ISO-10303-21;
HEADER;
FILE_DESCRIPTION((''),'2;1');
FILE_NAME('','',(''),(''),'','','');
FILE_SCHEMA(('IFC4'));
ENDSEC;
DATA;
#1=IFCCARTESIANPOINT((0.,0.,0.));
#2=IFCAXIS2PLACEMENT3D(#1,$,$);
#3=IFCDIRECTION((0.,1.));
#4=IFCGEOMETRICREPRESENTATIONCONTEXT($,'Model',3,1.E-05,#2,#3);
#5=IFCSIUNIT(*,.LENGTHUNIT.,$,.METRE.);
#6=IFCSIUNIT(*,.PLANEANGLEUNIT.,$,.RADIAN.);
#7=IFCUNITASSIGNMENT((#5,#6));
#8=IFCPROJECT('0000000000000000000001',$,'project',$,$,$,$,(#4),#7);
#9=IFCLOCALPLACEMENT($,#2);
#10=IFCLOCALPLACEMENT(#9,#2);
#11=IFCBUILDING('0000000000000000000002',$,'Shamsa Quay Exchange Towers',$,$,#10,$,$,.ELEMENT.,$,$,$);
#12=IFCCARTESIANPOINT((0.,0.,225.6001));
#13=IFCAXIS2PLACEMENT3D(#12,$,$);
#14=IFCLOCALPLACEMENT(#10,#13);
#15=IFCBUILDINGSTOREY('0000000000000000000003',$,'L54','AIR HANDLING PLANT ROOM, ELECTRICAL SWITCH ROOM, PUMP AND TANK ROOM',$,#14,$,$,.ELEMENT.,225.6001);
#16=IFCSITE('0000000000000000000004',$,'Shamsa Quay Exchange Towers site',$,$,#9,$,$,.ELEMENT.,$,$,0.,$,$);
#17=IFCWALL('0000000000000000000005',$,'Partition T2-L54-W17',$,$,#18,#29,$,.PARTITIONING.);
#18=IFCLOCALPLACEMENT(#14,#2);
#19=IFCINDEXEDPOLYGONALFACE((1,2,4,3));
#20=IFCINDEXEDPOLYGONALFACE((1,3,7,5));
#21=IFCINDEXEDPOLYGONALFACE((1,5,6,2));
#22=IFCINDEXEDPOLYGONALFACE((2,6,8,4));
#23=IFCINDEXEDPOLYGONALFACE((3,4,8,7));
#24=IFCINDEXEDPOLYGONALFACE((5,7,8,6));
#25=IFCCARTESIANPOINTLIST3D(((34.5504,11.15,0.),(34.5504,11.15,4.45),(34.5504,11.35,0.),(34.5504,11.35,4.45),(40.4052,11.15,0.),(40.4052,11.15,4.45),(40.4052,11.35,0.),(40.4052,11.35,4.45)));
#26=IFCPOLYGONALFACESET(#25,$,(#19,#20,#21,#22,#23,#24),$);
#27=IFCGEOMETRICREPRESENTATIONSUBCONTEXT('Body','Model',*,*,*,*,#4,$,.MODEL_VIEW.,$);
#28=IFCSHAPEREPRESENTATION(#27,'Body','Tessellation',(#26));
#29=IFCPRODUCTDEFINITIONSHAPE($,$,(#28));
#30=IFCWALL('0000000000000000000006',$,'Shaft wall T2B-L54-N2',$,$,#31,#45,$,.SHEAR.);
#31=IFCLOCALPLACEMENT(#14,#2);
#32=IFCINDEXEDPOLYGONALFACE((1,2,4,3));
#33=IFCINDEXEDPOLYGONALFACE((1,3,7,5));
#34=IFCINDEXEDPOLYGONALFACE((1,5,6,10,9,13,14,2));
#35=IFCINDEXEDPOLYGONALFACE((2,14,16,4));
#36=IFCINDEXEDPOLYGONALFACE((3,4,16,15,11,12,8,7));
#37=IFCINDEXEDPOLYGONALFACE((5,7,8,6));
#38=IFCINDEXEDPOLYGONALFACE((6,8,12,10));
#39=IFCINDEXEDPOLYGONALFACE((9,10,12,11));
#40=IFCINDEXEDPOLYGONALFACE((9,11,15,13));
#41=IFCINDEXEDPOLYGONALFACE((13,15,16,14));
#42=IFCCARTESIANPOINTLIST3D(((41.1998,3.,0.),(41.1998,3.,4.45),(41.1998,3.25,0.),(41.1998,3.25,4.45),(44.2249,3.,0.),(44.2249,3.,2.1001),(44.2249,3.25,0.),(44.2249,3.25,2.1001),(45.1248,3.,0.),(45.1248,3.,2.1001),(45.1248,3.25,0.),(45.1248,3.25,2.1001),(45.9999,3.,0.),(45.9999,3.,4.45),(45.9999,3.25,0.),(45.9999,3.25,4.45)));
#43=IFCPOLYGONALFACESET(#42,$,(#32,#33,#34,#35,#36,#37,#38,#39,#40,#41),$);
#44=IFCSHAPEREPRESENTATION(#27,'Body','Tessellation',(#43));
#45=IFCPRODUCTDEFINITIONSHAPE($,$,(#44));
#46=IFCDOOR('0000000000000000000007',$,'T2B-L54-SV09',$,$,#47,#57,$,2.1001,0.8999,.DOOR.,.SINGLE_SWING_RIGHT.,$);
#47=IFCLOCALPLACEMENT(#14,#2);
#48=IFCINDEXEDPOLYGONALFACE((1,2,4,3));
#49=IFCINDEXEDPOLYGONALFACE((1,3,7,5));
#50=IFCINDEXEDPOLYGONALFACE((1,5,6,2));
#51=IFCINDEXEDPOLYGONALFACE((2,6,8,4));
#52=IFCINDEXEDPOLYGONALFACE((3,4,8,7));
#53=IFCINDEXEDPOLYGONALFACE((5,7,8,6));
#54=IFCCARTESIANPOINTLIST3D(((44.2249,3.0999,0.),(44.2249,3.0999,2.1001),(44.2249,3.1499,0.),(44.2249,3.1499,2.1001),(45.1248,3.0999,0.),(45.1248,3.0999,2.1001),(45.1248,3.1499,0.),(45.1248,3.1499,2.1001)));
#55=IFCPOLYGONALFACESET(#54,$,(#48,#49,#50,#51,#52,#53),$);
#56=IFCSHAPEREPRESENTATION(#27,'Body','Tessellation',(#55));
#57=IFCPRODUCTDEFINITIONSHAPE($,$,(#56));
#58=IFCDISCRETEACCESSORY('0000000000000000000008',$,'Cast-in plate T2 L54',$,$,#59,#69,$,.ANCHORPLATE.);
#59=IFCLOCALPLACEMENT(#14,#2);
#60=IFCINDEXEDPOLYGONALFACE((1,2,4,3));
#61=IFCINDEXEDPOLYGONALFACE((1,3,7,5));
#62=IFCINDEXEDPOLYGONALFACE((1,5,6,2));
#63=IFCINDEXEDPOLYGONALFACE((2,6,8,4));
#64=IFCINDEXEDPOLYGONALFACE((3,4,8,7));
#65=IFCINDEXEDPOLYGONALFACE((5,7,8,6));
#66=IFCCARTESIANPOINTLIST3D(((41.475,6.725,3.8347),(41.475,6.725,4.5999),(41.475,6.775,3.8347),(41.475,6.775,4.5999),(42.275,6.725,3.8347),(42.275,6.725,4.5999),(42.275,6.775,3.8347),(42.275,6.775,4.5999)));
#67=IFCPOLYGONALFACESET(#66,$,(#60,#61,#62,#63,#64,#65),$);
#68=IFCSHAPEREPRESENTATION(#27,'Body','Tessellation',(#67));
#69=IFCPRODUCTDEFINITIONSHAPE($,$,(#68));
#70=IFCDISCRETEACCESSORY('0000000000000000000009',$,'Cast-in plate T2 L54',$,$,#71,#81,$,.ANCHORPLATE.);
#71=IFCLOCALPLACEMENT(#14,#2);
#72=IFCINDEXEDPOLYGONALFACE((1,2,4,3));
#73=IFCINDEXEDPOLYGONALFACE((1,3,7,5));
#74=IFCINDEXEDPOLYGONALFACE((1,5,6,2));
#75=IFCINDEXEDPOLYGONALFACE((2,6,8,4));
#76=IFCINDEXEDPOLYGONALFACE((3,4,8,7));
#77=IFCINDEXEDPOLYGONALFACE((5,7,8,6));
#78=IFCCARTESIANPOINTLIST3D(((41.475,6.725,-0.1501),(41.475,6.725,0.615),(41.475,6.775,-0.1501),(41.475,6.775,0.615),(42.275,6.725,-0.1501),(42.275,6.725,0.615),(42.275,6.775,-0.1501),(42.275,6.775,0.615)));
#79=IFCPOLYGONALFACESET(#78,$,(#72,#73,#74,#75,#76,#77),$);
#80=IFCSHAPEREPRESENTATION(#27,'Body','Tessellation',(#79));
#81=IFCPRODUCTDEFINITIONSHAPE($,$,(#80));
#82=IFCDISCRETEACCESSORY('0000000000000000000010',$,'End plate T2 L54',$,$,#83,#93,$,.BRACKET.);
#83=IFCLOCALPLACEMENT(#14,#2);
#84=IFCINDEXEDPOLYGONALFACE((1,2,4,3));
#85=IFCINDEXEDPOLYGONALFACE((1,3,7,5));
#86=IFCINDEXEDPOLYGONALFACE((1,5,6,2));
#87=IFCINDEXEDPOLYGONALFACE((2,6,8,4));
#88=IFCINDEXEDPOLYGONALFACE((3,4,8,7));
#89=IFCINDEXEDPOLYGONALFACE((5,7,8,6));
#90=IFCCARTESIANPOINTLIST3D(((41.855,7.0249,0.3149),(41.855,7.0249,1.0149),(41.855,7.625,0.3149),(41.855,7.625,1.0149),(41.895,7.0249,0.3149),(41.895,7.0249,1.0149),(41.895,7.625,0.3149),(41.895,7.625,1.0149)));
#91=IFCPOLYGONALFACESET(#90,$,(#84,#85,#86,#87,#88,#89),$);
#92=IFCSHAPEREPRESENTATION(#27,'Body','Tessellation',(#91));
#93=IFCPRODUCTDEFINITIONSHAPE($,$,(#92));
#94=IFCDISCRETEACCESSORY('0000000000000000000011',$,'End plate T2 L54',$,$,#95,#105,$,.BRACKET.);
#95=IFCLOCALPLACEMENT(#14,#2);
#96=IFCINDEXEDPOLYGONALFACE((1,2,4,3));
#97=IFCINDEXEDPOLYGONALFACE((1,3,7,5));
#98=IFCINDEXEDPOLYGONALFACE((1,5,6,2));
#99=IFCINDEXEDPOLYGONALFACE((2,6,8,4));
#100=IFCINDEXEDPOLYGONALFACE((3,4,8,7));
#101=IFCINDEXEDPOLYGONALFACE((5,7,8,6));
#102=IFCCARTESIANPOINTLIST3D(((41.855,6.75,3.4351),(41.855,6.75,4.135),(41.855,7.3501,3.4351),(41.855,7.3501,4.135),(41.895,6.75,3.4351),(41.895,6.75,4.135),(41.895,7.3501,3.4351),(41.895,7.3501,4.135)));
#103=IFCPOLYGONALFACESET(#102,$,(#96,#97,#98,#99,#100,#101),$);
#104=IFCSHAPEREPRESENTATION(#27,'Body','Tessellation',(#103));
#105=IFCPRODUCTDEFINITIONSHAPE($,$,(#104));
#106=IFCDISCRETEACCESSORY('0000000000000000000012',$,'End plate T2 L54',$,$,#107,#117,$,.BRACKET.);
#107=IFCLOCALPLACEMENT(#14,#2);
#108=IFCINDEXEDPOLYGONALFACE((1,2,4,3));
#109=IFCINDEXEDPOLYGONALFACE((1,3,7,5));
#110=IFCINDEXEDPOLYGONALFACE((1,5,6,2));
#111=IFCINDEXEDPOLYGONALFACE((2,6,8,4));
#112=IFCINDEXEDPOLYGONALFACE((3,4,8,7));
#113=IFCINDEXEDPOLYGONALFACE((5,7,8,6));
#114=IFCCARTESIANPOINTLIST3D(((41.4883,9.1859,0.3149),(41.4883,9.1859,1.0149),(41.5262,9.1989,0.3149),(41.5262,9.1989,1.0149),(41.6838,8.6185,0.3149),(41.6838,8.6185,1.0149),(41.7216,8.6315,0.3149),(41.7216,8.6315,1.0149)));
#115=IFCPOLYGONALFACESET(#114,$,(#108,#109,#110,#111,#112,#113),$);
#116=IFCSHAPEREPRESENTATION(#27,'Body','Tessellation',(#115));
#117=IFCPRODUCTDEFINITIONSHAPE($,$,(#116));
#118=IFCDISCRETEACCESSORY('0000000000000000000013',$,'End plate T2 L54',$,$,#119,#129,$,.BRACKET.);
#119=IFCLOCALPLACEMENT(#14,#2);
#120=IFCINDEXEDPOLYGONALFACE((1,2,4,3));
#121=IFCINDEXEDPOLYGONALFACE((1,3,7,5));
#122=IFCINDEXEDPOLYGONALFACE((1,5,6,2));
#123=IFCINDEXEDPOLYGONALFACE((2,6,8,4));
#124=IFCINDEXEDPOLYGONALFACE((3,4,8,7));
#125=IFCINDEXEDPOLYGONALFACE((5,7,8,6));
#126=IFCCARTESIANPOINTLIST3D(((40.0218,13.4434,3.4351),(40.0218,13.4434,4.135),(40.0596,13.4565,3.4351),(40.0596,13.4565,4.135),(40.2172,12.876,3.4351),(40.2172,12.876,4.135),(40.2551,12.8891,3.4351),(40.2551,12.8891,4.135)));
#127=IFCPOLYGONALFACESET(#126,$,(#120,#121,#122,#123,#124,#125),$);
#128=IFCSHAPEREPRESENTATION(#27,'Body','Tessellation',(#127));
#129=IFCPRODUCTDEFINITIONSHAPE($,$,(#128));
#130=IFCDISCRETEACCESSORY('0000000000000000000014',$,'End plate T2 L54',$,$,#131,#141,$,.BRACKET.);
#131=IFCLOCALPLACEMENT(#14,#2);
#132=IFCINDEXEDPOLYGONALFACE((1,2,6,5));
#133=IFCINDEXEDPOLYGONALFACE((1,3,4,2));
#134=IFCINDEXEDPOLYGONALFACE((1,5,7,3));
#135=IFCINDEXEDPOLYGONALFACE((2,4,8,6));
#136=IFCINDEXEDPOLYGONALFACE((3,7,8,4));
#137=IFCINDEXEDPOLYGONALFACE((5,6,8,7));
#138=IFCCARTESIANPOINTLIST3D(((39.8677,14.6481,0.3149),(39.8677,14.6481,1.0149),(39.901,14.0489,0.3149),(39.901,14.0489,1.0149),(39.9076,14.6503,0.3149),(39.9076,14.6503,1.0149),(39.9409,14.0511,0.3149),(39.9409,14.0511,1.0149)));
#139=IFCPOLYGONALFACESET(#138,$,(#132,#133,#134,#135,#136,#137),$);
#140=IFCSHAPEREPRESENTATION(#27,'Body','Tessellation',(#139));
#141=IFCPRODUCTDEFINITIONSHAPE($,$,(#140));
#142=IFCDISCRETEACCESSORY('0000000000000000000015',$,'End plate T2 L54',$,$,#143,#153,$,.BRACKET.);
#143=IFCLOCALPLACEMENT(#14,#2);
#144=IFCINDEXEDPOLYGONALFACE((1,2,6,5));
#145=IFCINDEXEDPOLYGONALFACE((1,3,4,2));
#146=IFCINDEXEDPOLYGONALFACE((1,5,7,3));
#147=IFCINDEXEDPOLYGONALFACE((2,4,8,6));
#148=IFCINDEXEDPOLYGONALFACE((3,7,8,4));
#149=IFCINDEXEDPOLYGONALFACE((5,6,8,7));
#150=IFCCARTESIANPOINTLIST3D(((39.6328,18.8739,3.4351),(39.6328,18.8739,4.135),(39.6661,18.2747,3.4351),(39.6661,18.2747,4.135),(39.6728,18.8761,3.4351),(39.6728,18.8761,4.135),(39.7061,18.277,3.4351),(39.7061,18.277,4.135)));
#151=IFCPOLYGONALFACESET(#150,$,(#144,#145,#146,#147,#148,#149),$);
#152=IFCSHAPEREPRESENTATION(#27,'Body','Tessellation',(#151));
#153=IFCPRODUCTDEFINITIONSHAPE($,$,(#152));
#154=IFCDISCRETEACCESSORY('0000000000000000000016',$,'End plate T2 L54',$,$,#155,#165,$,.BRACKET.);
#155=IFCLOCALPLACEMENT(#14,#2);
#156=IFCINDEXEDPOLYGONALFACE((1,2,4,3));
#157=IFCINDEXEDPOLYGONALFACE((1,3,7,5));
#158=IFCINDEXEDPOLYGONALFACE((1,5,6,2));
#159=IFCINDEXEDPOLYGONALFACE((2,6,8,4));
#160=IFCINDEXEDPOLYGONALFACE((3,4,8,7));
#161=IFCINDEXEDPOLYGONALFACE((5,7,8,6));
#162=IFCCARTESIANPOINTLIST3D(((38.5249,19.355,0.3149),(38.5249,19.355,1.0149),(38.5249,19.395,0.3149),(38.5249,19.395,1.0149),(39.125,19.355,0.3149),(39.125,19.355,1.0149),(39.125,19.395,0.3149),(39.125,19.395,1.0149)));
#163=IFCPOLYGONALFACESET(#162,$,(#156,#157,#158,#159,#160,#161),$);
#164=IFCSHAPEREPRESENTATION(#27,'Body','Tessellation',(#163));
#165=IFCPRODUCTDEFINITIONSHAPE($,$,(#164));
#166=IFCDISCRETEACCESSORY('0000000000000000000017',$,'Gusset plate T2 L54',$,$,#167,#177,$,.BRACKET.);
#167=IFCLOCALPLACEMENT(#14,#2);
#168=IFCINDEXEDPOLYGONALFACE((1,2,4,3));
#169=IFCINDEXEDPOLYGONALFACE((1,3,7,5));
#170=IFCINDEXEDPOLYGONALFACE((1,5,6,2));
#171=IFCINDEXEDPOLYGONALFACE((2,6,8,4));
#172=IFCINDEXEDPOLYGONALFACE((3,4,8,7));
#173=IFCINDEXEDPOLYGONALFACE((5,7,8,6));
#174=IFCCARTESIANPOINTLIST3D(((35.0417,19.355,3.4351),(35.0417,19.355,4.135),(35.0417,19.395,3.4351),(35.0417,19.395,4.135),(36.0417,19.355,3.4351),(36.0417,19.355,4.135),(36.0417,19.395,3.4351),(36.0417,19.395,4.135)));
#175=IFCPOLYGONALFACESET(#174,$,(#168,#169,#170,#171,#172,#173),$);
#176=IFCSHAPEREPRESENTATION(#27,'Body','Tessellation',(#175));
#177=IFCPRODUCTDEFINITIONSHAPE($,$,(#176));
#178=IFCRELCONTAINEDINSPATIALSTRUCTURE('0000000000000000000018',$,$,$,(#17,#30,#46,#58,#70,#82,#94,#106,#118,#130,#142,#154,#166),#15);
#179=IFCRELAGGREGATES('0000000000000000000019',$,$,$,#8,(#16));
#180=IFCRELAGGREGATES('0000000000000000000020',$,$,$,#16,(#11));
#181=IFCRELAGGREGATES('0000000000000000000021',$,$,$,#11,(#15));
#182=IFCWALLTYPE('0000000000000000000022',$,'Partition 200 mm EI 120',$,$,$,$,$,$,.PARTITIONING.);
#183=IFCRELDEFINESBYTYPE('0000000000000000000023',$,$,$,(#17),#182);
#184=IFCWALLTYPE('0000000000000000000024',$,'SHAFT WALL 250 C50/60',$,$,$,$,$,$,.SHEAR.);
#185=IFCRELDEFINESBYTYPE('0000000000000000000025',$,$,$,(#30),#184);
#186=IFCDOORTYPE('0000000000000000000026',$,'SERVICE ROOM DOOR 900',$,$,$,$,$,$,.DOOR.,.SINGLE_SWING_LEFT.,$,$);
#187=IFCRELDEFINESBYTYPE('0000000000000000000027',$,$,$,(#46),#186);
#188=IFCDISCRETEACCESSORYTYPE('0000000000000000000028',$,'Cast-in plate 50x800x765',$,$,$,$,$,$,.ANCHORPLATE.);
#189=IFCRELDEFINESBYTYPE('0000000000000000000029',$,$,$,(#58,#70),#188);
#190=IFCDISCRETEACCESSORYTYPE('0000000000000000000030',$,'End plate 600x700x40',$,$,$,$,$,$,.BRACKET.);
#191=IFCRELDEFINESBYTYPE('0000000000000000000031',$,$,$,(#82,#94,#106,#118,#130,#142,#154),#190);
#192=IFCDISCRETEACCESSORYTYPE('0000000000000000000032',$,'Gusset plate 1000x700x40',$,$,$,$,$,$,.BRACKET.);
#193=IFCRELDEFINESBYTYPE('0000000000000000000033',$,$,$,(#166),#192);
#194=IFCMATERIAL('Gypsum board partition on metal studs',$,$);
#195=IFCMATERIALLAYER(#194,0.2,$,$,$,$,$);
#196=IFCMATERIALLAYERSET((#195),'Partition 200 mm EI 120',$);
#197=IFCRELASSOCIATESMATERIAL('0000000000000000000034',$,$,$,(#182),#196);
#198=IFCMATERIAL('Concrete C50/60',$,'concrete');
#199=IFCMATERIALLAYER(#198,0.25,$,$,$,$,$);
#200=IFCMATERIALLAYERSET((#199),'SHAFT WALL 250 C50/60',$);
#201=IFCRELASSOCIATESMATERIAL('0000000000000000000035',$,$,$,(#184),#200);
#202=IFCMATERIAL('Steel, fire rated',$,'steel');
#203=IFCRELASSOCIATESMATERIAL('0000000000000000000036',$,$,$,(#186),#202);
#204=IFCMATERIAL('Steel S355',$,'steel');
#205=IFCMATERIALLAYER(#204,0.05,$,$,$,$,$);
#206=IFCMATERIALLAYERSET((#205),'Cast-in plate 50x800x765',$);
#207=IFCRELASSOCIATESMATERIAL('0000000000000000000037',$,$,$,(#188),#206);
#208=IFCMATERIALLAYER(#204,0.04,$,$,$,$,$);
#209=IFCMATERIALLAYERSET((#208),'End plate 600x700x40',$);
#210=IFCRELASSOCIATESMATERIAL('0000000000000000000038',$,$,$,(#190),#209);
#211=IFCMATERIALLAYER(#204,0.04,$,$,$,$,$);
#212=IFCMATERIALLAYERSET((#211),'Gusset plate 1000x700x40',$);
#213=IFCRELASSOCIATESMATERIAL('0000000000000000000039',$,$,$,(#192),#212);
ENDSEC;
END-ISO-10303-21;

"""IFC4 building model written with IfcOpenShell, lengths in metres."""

from ifc_helpers import new_model, si_unit, direction, frame, frame_2d, origin, origin_2d, place, context, subcontext, project, spatial, rectangle, extrude, material, layer, layer_set, type_object, element, fill, save


model = new_model("IFC4")

# Units and contexts
model_context = context("Model", 3, precision=1e-05, world=origin(), true_north=direction((0.0, 1.0)))
body_context = subcontext(model_context, "Body", "Model", "MODEL_VIEW")
ifc_project = project(units=[si_unit("LENGTHUNIT", "METRE"), si_unit("PLANEANGLEUNIT", "RADIAN")], contexts=[model_context])

# Site, building, storey
site_placement = place(None, origin())
site = spatial("IfcSite", under=ifc_project, at=site_placement, Name="Shamsa Quay Exchange Towers site", CompositionType="ELEMENT", RefElevation=0.0)
building_placement = place(site_placement, origin())
building = spatial("IfcBuilding", under=site, at=building_placement, Name="Shamsa Quay Exchange Towers", CompositionType="ELEMENT")
storey_placement = place(building_placement, frame((0.0, 0.0, 225.6001)))
storey = spatial("IfcBuildingStorey", under=building, at=storey_placement, Name="L54", Description="AIR HANDLING PLANT ROOM, ELECTRICAL SWITCH ROOM, PUMP AND TANK ROOM", CompositionType="ELEMENT", Elevation=225.6001)

# Shared definitions
ifc_material_1 = material(Name="Steel S355", Category="steel")

# Shared definitions
ifc_material_2 = material(Name="Gypsum board partition on metal studs")
ifc_layer_1 = layer(ifc_material_2, 0.2)
ifc_layer_set_1 = layer_set([ifc_layer_1], Name="Partition 200 mm EI 120")
wall_type_1 = type_object("IfcWallType", Name="Partition 200 mm EI 120", PredefinedType="PARTITIONING", material=ifc_layer_set_1)

# Wall
wall_1_placement = place(storey_placement, frame((40.405, 11.25, 0.0), z_axis=(0.0, 0.0, 1.0), x_axis=(-1.0, 0.0, 0.0)))
element("IfcWall", 1, at=wall_1_placement, inside=storey, type_object=wall_type_1, Name="Partition T2-L54-W17", PredefinedType="PARTITIONING", context=body_context, shape_type="SweptSolid", body=[
    extrude(rectangle(XDim=5.8547, YDim=0.2, at=frame_2d((2.9272, 0.0))), origin(), (0.0, 0.0, 1.0), 4.45),
])

# Wall, opening, door
ifc_material_3 = material(Name="Concrete C50/60", Category="concrete")
ifc_layer_2 = layer(ifc_material_3, 0.25)
ifc_layer_set_2 = layer_set([ifc_layer_2], Name="SHAFT WALL 250 C50/60")
wall_type_2 = type_object("IfcWallType", Name="SHAFT WALL 250 C50/60", PredefinedType="SHEAR", material=ifc_layer_set_2)
wall_2_placement = place(storey_placement, frame((41.2, 3.125, 0.0)))
wall_2 = element("IfcWall", 2, at=wall_2_placement, inside=storey, type_object=wall_type_2, Name="Shaft wall T2B-L54-N2", PredefinedType="SHEAR", context=body_context, shape_type="SweptSolid", body=[
    extrude(rectangle(XDim=4.8, YDim=0.25, at=frame_2d((2.3999, 0.0))), origin(), (0.0, 0.0, 1.0), 4.45),
])
opening_1_placement = place(wall_2_placement, frame((3.0249, 0.0, 0.0)))
opening_1 = element("IfcOpeningElement", 3, at=opening_1_placement, cuts=wall_2, PredefinedType="OPENING", context=body_context, shape_type="SweptSolid", body=[
    extrude(rectangle(XDim=0.8999, YDim=2.1001, at=frame_2d((0.45, 1.05))), frame((0.0, 0.135, 0.0), z_axis=(0.0, -1.0, 0.0), x_axis=(1.0, 0.0, 0.0)), (0.0, 0.0, 1.0), 0.27),
])
ifc_material_4 = material(Name="Steel, fire rated", Category="steel")
door_type_1 = type_object("IfcDoorType", Name="SERVICE ROOM DOOR 900", OperationType="SINGLE_SWING_LEFT", PredefinedType="DOOR", material=ifc_material_4)
door_1_placement = place(opening_1_placement, origin())
door_1 = element("IfcDoor", 4, at=door_1_placement, inside=storey, type_object=door_type_1, Name="T2B-L54-SV09", OperationType="SINGLE_SWING_RIGHT", OverallHeight=2.1001, OverallWidth=0.8999, PredefinedType="DOOR", context=body_context, shape_type="SweptSolid", body=[
    extrude(rectangle(XDim=0.8999, YDim=2.1001, at=frame_2d((0.45, 1.05))), frame((0.0, 0.0249, 0.0), z_axis=(0.0, -1.0, 0.0), x_axis=(1.0, 0.0, 0.0)), (0.0, 0.0, 1.0), 0.05),
])
fill(opening_1, door_1)

# Discrete accessories
ifc_layer_3 = layer(ifc_material_1, 0.05)
ifc_layer_set_3 = layer_set([ifc_layer_3], Name="Cast-in plate 50x800x765")
discrete_accessory_type_1 = type_object("IfcDiscreteAccessoryType", Name="Cast-in plate 50x800x765", PredefinedType="ANCHORPLATE", material=ifc_layer_set_3)
for number, where, z_axis, x_axis, name in (
    (5, (41.875, 6.75, 3.8347), (0.0, 0.0, 1.0), (0.0, -1.0, 0.0), "Cast-in plate T2 L54"),
    (6, (41.875, 6.75, -0.1501), (0.0, 0.0, 1.0), (0.0, -1.0, 0.0), "Cast-in plate T2 L54"),
):
    element("IfcDiscreteAccessory", number, at=place(storey_placement, frame(where, z_axis=z_axis, x_axis=x_axis)), inside=storey, type_object=discrete_accessory_type_1, Name=name, PredefinedType="ANCHORPLATE", context=body_context, shape_type="SweptSolid", body=[
        extrude(rectangle(XDim=0.05, YDim=0.8, at=origin_2d()), origin(), (0.0, 0.0, 1.0), 0.7651),
    ])
ifc_layer_4 = layer(ifc_material_1, 0.04)
ifc_layer_set_4 = layer_set([ifc_layer_4], Name="End plate 600x700x40")
discrete_accessory_type_2 = type_object("IfcDiscreteAccessoryType", Name="End plate 600x700x40", PredefinedType="BRACKET", material=ifc_layer_set_4)
for number, where, z_axis, x_axis, name in (
    (7, (41.875, 7.325, 0.3149), (0.0, 0.0, 1.0), (0.0, -1.0, 0.0), "End plate T2 L54"),
    (8, (41.875, 7.05, 3.4351), (0.0, 0.0, 1.0), (0.0, -1.0, 0.0), "End plate T2 L54"),
    (9, (41.605, 8.9087, 0.3149), (0.0, 0.0, 1.0), (-0.325667, 0.945485, 0.0), "End plate T2 L54"),
    (10, (40.1384, 13.1663, 3.4351), (0.0, 0.0, 1.0), (-0.325667, 0.945485, 0.0), "End plate T2 L54"),
    (11, (39.9043, 14.3496, 0.3149), (0.0, 0.0, 1.0), (-0.05547, 0.99846, 0.0), "End plate T2 L54"),
    (12, (39.6694, 18.5754, 3.4351), (0.0, 0.0, 1.0), (-0.05547, 0.99846, 0.0), "End plate T2 L54"),
    (13, (38.825, 19.375, 0.3149), (0.0, 0.0, 1.0), (-1.0, 0.0, 0.0), "End plate T2 L54"),
):
    element("IfcDiscreteAccessory", number, at=place(storey_placement, frame(where, z_axis=z_axis, x_axis=x_axis)), inside=storey, type_object=discrete_accessory_type_2, Name=name, PredefinedType="BRACKET", context=body_context, shape_type="SweptSolid", body=[
        extrude(rectangle(XDim=0.6001, YDim=0.04, at=origin_2d()), origin(), (0.0, 0.0, 1.0), 0.7),
    ])
ifc_layer_5 = layer(ifc_material_1, 0.04)
ifc_layer_set_5 = layer_set([ifc_layer_5], Name="Gusset plate 1000x700x40")
discrete_accessory_type_3 = type_object("IfcDiscreteAccessoryType", Name="Gusset plate 1000x700x40", PredefinedType="BRACKET", material=ifc_layer_set_5)
discrete_accessory_placement = place(storey_placement, frame((35.5417, 19.375, 3.4351), z_axis=(0.0, 0.0, 1.0), x_axis=(-1.0, 0.0, 0.0)))
element("IfcDiscreteAccessory", 14, at=discrete_accessory_placement, inside=storey, type_object=discrete_accessory_type_3, Name="Gusset plate T2 L54", PredefinedType="BRACKET", context=body_context, shape_type="SweptSolid", body=[
    extrude(rectangle(XDim=1.0, YDim=0.04, at=origin_2d()), origin(), (0.0, 0.0, 1.0), 0.7),
])

save(model, "model.ifc")
